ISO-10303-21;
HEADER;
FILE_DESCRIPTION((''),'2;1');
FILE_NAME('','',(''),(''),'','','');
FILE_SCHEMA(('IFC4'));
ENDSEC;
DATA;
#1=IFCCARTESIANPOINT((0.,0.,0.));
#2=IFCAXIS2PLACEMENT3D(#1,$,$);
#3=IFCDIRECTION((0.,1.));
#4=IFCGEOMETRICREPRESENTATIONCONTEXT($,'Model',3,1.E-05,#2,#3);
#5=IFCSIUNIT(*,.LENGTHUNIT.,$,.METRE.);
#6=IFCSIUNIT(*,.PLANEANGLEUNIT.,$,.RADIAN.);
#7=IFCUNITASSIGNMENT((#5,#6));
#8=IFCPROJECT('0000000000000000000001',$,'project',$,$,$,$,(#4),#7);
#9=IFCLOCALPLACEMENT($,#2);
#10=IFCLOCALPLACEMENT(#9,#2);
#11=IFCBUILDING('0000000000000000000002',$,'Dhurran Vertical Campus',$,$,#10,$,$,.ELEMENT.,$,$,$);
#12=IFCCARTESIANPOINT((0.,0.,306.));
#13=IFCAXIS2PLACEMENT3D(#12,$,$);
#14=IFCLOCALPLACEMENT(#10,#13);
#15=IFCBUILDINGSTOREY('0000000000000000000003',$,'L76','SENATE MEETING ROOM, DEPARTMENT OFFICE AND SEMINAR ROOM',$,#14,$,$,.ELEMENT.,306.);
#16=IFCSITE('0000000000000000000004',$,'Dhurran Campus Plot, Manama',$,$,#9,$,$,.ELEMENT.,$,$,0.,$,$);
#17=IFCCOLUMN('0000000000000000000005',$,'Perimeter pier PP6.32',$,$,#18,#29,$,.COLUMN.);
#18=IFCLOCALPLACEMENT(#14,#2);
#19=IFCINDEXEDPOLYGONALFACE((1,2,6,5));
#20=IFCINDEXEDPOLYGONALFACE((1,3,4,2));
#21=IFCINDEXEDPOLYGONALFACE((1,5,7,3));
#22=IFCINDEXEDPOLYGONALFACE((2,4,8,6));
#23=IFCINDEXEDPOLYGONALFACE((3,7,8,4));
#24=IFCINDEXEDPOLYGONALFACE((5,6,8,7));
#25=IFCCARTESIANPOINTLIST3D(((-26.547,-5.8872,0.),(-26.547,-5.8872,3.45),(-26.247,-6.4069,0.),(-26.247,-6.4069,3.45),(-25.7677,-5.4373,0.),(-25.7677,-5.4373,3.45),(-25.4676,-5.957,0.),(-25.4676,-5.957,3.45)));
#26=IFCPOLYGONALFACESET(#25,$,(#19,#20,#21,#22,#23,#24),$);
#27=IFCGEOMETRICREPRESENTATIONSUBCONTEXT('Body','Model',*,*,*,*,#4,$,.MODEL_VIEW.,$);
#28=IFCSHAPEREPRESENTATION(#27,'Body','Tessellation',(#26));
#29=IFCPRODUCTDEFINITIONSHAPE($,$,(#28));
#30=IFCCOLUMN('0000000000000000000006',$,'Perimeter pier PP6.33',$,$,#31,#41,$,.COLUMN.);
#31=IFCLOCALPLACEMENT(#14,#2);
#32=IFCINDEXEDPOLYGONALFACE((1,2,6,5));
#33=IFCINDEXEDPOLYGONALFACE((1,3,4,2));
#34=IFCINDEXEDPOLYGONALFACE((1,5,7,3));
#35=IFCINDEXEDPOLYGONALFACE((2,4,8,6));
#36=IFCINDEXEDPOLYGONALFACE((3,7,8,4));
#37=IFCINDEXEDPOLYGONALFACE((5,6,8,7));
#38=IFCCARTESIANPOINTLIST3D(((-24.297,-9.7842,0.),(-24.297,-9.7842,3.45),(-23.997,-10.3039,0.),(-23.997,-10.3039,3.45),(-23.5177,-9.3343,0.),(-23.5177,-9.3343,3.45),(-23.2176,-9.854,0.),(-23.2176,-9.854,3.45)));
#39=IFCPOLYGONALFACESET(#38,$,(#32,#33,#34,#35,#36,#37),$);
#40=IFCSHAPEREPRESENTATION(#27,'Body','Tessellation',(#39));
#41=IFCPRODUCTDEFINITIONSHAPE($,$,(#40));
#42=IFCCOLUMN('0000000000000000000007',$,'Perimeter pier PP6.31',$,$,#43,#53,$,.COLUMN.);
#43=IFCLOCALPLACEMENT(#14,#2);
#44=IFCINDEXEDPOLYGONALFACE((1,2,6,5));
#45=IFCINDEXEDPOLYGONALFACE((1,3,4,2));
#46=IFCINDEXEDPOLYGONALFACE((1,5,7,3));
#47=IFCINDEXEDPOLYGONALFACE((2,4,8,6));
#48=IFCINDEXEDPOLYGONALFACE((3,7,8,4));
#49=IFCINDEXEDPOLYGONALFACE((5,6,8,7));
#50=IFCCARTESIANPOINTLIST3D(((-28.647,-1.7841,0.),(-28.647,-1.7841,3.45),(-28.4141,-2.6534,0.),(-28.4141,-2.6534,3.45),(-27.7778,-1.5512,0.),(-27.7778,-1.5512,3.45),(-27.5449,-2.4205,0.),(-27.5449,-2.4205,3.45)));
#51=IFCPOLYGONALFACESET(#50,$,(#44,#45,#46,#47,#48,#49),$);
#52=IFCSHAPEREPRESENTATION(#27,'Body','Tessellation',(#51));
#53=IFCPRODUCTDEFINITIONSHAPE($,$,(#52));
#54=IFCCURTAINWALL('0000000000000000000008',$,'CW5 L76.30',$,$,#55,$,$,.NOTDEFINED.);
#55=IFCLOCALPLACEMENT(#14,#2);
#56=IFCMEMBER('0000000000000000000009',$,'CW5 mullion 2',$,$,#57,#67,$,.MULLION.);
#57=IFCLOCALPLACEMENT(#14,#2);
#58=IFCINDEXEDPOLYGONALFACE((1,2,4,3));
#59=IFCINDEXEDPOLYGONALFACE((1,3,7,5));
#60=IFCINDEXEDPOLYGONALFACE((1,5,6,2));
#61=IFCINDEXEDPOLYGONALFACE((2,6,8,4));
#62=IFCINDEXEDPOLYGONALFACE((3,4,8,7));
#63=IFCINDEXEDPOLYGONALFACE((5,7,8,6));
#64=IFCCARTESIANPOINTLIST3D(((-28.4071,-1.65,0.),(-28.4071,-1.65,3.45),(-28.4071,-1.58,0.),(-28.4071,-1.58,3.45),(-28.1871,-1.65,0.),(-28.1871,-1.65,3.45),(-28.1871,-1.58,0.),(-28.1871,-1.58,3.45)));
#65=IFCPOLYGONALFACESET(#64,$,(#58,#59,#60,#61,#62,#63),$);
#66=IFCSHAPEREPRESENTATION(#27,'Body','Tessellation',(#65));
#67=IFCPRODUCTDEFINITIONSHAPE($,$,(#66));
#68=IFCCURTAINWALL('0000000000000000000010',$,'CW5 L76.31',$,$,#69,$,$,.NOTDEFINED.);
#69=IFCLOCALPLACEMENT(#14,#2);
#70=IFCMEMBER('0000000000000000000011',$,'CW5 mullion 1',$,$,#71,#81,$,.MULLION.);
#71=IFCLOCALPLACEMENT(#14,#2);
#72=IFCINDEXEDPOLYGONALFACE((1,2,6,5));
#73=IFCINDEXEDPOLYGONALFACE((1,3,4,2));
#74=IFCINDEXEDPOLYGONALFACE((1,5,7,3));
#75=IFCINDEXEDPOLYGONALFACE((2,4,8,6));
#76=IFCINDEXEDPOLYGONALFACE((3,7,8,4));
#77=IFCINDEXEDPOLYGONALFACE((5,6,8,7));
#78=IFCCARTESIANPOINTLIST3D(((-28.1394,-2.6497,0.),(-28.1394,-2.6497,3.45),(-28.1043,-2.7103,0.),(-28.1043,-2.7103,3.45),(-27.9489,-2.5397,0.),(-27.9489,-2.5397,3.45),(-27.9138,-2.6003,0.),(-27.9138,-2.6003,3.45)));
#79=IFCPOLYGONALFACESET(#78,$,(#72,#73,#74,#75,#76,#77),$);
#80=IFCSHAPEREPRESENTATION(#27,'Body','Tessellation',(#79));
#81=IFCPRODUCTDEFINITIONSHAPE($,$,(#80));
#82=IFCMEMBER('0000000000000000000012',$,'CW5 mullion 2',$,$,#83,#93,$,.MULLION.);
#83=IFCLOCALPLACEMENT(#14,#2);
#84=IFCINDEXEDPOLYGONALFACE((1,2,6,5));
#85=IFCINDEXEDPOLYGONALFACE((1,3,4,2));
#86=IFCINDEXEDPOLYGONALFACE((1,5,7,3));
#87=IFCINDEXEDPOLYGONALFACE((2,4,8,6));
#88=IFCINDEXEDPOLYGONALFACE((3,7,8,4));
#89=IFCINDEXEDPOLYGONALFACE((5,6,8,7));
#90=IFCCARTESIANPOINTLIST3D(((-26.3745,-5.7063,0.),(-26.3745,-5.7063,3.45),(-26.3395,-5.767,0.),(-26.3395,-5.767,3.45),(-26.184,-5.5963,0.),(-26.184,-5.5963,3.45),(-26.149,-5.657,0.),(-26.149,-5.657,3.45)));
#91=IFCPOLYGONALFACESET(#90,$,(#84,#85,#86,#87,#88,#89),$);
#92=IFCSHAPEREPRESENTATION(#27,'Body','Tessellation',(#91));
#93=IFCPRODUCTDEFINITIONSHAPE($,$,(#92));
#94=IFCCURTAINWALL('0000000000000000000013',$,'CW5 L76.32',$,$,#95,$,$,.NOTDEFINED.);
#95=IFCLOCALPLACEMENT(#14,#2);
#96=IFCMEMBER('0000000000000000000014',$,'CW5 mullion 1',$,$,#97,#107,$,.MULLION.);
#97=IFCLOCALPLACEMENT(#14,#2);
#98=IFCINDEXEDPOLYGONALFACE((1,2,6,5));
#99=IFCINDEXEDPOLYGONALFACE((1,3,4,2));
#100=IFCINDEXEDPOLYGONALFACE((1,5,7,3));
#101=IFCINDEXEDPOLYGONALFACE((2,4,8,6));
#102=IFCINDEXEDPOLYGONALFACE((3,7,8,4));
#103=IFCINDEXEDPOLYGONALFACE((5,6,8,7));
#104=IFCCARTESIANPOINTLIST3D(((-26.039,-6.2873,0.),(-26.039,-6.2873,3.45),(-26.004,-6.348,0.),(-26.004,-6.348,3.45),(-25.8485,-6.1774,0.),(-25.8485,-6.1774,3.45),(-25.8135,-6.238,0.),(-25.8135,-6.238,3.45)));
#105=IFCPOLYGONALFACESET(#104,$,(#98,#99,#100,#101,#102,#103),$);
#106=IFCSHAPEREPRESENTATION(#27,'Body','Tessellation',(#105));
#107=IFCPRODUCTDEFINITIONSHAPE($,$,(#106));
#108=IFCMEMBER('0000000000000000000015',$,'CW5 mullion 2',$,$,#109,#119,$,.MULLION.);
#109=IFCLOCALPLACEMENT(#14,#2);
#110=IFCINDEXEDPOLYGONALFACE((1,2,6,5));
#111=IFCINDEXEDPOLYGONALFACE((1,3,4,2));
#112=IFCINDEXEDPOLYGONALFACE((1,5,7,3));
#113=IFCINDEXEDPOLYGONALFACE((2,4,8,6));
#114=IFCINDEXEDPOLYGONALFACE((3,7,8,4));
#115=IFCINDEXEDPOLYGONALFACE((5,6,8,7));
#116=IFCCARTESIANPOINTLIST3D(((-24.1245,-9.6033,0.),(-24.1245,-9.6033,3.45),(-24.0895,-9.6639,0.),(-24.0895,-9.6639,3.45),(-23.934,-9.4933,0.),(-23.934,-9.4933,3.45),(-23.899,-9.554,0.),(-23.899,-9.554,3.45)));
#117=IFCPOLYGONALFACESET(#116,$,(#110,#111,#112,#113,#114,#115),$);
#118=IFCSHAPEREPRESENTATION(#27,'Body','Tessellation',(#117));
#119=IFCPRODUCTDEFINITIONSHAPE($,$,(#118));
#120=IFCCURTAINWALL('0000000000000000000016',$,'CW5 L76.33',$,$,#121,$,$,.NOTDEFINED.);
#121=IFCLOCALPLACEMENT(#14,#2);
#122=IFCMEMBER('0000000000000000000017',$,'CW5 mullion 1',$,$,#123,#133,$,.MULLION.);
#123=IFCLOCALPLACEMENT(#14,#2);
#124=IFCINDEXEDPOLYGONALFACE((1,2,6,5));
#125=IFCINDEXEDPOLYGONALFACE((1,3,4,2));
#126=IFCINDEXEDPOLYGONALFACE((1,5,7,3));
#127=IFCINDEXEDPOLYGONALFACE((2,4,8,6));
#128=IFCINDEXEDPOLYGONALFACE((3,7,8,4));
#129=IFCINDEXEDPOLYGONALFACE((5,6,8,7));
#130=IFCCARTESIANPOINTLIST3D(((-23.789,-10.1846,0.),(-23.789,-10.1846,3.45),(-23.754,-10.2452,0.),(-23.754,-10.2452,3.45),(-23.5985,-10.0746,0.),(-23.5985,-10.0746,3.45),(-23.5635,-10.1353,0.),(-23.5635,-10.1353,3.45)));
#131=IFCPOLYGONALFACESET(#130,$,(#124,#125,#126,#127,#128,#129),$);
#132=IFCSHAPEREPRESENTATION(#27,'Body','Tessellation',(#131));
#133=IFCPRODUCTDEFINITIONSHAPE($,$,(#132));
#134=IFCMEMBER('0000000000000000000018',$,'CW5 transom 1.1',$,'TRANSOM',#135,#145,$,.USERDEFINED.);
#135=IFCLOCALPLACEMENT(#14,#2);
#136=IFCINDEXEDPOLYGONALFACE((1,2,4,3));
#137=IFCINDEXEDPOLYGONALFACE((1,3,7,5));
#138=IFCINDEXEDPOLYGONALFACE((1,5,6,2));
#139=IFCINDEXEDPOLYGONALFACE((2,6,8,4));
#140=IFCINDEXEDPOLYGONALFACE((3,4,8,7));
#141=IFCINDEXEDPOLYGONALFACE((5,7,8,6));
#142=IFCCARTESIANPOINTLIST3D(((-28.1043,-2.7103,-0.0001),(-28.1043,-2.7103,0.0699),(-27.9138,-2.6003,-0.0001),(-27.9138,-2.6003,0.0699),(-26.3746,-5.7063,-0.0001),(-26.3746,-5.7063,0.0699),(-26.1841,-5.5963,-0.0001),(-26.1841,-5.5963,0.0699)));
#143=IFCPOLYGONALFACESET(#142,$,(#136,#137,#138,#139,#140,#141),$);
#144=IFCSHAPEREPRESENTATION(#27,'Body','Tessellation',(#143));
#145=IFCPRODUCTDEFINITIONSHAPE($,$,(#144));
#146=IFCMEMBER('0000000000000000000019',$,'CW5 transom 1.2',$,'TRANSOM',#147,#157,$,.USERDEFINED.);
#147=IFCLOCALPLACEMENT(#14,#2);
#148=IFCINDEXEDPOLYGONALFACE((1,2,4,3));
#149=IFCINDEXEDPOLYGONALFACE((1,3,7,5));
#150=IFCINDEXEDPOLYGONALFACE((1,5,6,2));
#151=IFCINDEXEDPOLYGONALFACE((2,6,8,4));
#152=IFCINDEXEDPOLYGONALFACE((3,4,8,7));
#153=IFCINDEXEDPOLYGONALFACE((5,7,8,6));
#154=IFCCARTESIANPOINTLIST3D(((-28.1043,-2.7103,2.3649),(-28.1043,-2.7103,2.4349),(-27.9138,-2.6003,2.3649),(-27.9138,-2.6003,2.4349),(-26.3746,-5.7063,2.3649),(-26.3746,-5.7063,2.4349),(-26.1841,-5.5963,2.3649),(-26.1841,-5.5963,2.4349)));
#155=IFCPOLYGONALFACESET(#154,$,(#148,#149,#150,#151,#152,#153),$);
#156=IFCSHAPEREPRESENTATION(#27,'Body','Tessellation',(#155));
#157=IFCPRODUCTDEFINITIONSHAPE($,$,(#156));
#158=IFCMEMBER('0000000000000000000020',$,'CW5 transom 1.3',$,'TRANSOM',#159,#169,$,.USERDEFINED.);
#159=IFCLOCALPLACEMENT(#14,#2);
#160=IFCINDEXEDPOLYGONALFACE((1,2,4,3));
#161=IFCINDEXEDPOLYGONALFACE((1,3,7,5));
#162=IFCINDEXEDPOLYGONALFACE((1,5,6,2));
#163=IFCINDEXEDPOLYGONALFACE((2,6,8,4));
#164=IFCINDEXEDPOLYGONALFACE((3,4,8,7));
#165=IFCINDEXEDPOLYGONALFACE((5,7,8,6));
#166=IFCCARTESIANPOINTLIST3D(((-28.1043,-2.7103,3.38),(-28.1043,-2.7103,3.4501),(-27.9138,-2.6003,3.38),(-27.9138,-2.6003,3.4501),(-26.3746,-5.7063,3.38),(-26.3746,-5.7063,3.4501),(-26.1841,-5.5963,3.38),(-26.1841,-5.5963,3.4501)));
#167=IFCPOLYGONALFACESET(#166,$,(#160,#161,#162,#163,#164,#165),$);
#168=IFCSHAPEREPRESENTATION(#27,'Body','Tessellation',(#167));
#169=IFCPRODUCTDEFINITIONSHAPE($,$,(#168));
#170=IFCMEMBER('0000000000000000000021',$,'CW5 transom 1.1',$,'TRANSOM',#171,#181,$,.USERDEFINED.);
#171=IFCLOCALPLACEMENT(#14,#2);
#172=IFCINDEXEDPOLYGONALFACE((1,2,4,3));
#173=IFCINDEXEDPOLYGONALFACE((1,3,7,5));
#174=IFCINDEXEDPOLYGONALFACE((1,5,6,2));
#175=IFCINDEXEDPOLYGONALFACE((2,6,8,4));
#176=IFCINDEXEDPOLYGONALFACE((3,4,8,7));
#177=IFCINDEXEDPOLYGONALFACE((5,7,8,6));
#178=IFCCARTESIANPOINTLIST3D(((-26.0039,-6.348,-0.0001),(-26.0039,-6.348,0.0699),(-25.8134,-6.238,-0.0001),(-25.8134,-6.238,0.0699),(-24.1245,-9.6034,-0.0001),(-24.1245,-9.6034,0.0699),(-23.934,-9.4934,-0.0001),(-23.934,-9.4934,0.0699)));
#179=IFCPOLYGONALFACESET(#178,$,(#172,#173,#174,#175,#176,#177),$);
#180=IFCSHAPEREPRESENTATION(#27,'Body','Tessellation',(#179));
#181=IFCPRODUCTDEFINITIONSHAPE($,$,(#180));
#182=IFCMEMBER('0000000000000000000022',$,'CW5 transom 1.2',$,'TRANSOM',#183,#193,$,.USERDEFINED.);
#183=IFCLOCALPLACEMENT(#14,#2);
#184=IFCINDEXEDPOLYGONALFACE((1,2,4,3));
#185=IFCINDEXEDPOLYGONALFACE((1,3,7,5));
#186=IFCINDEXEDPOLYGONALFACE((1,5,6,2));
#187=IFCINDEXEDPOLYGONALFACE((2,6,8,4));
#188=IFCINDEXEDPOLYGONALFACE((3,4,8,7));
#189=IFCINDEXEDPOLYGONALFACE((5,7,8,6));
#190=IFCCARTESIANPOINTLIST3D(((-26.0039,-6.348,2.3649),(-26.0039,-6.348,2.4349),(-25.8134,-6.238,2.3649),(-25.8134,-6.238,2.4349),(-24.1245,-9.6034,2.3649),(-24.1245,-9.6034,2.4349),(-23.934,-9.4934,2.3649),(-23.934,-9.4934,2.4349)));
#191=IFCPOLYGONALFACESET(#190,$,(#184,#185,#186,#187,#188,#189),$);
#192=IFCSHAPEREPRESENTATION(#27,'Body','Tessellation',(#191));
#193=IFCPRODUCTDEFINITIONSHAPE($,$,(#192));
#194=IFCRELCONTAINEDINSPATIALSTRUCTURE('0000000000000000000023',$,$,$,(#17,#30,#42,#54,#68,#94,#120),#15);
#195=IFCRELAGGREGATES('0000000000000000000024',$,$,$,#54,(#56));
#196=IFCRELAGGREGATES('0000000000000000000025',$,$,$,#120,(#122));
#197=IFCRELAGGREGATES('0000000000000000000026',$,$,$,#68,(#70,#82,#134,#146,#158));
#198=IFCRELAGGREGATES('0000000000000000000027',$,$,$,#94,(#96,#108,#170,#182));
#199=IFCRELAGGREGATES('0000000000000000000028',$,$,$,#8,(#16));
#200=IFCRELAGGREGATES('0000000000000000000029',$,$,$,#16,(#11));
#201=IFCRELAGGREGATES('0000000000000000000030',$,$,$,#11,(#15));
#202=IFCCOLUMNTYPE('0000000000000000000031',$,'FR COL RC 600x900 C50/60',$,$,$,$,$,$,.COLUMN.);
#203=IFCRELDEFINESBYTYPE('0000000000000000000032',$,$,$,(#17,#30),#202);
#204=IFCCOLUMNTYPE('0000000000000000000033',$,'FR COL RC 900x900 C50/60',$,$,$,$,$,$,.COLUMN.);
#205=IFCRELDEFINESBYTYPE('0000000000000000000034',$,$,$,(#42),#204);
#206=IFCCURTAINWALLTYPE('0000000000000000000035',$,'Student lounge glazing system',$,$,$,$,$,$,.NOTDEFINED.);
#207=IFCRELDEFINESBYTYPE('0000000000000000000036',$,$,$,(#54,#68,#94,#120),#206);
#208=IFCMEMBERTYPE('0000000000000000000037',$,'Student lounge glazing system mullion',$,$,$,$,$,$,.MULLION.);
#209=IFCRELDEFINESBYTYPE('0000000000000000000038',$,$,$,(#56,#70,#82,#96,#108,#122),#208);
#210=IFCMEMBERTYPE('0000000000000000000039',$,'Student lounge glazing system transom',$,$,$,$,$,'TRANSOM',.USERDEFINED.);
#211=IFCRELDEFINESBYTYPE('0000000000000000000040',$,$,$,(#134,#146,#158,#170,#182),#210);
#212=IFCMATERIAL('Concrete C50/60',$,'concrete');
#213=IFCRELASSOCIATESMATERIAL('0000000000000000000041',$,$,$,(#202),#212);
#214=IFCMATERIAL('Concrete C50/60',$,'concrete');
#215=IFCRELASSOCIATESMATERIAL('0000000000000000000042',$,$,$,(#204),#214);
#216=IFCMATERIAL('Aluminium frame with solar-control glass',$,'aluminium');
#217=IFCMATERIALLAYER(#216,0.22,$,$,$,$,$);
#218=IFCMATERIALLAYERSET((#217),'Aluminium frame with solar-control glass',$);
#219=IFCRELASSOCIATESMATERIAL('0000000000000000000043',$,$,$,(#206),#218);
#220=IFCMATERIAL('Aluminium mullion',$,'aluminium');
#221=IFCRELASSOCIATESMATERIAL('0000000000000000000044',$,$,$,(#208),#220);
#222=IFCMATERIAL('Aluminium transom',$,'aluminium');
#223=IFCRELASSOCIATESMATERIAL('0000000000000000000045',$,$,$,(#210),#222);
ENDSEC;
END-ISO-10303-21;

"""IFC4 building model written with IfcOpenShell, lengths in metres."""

from ifc_helpers import new_model, si_unit, direction, frame, origin, origin_2d, place, context, subcontext, project, spatial, rectangle, extrude, material, layer, layer_set, material_profile, profile_set, type_object, element, aggregate, save


model = new_model("IFC4")

# Units and contexts
model_context = context("Model", 3, precision=1e-05, world=origin(), true_north=direction((0.0, 1.0)))
body_context = subcontext(model_context, "Body", "Model", "MODEL_VIEW")
ifc_project = project(units=[si_unit("LENGTHUNIT", "METRE"), si_unit("PLANEANGLEUNIT", "RADIAN")], contexts=[model_context])

# Site, building, storey
site_placement = place(None, origin())
site = spatial("IfcSite", under=ifc_project, at=site_placement, Name="Dhurran Campus Plot, Manama", CompositionType="ELEMENT", RefElevation=0.0)
building_placement = place(site_placement, origin())
building = spatial("IfcBuilding", under=site, at=building_placement, Name="Dhurran Vertical Campus", CompositionType="ELEMENT")
storey_placement = place(building_placement, frame((0.0, 0.0, 306.0)))
storey = spatial("IfcBuildingStorey", under=building, at=storey_placement, Name="L76", Description="SENATE MEETING ROOM, DEPARTMENT OFFICE AND SEMINAR ROOM", CompositionType="ELEMENT", Elevation=306.0)

# Columns
ifc_material_1 = material(Name="Concrete C50/60", Category="concrete")
ifc_material_profile_1 = material_profile(ifc_material_1, rectangle(XDim=0.6001, YDim=0.8999, at=origin_2d()), Name="RC 600x900")
ifc_profile_set_1 = profile_set([ifc_material_profile_1], Name="Concrete C50/60")
column_type_1 = type_object("IfcColumnType", Name="FR COL RC 600x900 C50/60", PredefinedType="COLUMN", material=ifc_profile_set_1)
for number, where, z_axis, x_axis, name in (
    (1, (-26.0073, -5.9221, 0.0), (0.0, 0.0, 1.0), (0.5, -0.866025, 0.0), "Perimeter pier PP6.32"),
    (2, (-23.7573, -9.8191, 0.0), (0.0, 0.0, 1.0), (0.5, -0.866025, 0.0), "Perimeter pier PP6.33"),
):
    element("IfcColumn", number, at=place(storey_placement, frame(where, z_axis=z_axis, x_axis=x_axis)), inside=storey, type_object=column_type_1, Name=name, PredefinedType="COLUMN", context=body_context, shape_type="SweptSolid", body=[
        extrude(rectangle(XDim=0.6001, YDim=0.8999, at=origin_2d()), origin(), (0.0, 0.0, 1.0), 3.45),
    ])
ifc_material_2 = material(Name="Concrete C50/60", Category="concrete")
ifc_material_profile_2 = material_profile(ifc_material_2, rectangle(XDim=0.8999, YDim=0.8999, at=origin_2d()), Name="RC 900x900")
ifc_profile_set_2 = profile_set([ifc_material_profile_2], Name="Concrete C50/60")
column_type_2 = type_object("IfcColumnType", Name="FR COL RC 900x900 C50/60", PredefinedType="COLUMN", material=ifc_profile_set_2)
column_placement = place(storey_placement, frame((-28.0959, -2.1023, 0.0), z_axis=(0.0, 0.0, 1.0), x_axis=(0.258819, -0.965926, 0.0)))
element("IfcColumn", 3, at=column_placement, inside=storey, type_object=column_type_2, Name="Perimeter pier PP6.31", PredefinedType="COLUMN", context=body_context, shape_type="SweptSolid", body=[
    extrude(rectangle(XDim=0.8999, YDim=0.8999, at=origin_2d()), origin(), (0.0, 0.0, 1.0), 3.45),
])

# Curtain wall, member
ifc_material_3 = material(Name="Aluminium frame with solar-control glass", Category="aluminium")
ifc_layer_1 = layer(ifc_material_3, 0.22)
ifc_layer_set_1 = layer_set([ifc_layer_1], Name="Aluminium frame with solar-control glass")
curtain_wall_type = type_object("IfcCurtainWallType", Name="Student lounge glazing system", PredefinedType="NOTDEFINED", material=ifc_layer_set_1)
curtain_wall_1_placement = place(storey_placement, origin())
curtain_wall_1 = element("IfcCurtainWall", 4, at=curtain_wall_1_placement, inside=storey, type_object=curtain_wall_type, Name="CW5 L76.30", PredefinedType="NOTDEFINED")
ifc_material_4 = material(Name="Aluminium mullion", Category="aluminium")
ifc_material_profile_3 = material_profile(ifc_material_4, rectangle(XDim=0.22, YDim=0.0701, at=origin_2d()), Name="Student lounge glazing system mullion")
ifc_profile_set_3 = profile_set([ifc_material_profile_3], Name="Aluminium mullion")
member_type_1 = type_object("IfcMemberType", Name="Student lounge glazing system mullion", PredefinedType="MULLION", material=ifc_profile_set_3)
member_1_placement = place(storey_placement, frame((-28.2971, -1.615, 0.0), z_axis=(0.0, 0.0, 1.0), x_axis=(1.0, 0.0, 0.0)))
member_1 = element("IfcMember", 5, at=member_1_placement, type_object=member_type_1, Name="CW5 mullion 2", PredefinedType="MULLION", context=body_context, shape_type="SweptSolid", body=[
    extrude(rectangle(XDim=0.22, YDim=0.0701, at=origin_2d()), origin(), (0.0, 0.0, 1.0), 3.45),
])
aggregate(curtain_wall_1, [member_1])

# Curtain walls, members
curtain_wall_2_placement = place(storey_placement, origin())
curtain_wall_2 = element("IfcCurtainWall", 6, at=curtain_wall_2_placement, inside=storey, type_object=curtain_wall_type, Name="CW5 L76.31", PredefinedType="NOTDEFINED")
member_2_placement = place(storey_placement, frame((-28.0266, -2.625, 0.0), z_axis=(0.0, 0.0, 1.0), x_axis=(0.866027, 0.499997, 0.0)))
member_2 = element("IfcMember", 7, at=member_2_placement, type_object=member_type_1, Name="CW5 mullion 1", PredefinedType="MULLION", context=body_context, shape_type="SweptSolid", body=[
    extrude(rectangle(XDim=0.22, YDim=0.0701, at=origin_2d()), origin(), (0.0, 0.0, 1.0), 3.45),
])
member_3_placement = place(storey_placement, frame((-26.2617, -5.6816, 0.0), z_axis=(0.0, 0.0, 1.0), x_axis=(0.866027, 0.499997, 0.0)))
member_3 = element("IfcMember", 8, at=member_3_placement, type_object=member_type_1, Name="CW5 mullion 2", PredefinedType="MULLION", context=body_context, shape_type="SweptSolid", body=[
    extrude(rectangle(XDim=0.22, YDim=0.0701, at=origin_2d()), origin(), (0.0, 0.0, 1.0), 3.45),
])
curtain_wall_3_placement = place(storey_placement, origin())
curtain_wall_3 = element("IfcCurtainWall", 9, at=curtain_wall_3_placement, inside=storey, type_object=curtain_wall_type, Name="CW5 L76.32", PredefinedType="NOTDEFINED")
member_4_placement = place(storey_placement, frame((-25.9263, -6.2627, 0.0), z_axis=(0.0, 0.0, 1.0), x_axis=(0.866023, 0.500004, 0.0)))
member_4 = element("IfcMember", 10, at=member_4_placement, type_object=member_type_1, Name="CW5 mullion 1", PredefinedType="MULLION", context=body_context, shape_type="SweptSolid", body=[
    extrude(rectangle(XDim=0.22, YDim=0.0701, at=origin_2d()), origin(), (0.0, 0.0, 1.0), 3.45),
])
member_5_placement = place(storey_placement, frame((-24.0117, -9.5786, 0.0), z_axis=(0.0, 0.0, 1.0), x_axis=(0.866023, 0.500004, 0.0)))
member_5 = element("IfcMember", 11, at=member_5_placement, type_object=member_type_1, Name="CW5 mullion 2", PredefinedType="MULLION", context=body_context, shape_type="SweptSolid", body=[
    extrude(rectangle(XDim=0.22, YDim=0.0701, at=origin_2d()), origin(), (0.0, 0.0, 1.0), 3.45),
])

# Curtain wall, member
curtain_wall_4_placement = place(storey_placement, origin())
curtain_wall_4 = element("IfcCurtainWall", 12, at=curtain_wall_4_placement, inside=storey, type_object=curtain_wall_type, Name="CW5 L76.33", PredefinedType="NOTDEFINED")
member_6_placement = place(storey_placement, frame((-23.6763, -10.1599, 0.0), z_axis=(0.0, 0.0, 1.0), x_axis=(0.866023, 0.500004, 0.0)))
member_6 = element("IfcMember", 13, at=member_6_placement, type_object=member_type_1, Name="CW5 mullion 1", PredefinedType="MULLION", context=body_context, shape_type="SweptSolid", body=[
    extrude(rectangle(XDim=0.22, YDim=0.0701, at=origin_2d()), origin(), (0.0, 0.0, 1.0), 3.45),
])
aggregate(curtain_wall_4, [member_6])

# Members
ifc_material_5 = material(Name="Aluminium transom", Category="aluminium")
ifc_material_profile_4 = material_profile(ifc_material_5, rectangle(XDim=0.22, YDim=0.0701, at=origin_2d()), Name="Student lounge glazing system transom")
ifc_profile_set_4 = profile_set([ifc_material_profile_4], Name="Aluminium transom")
member_type_2 = type_object("IfcMemberType", Name="Student lounge glazing system transom", ElementType="TRANSOM", PredefinedType="USERDEFINED", material=ifc_profile_set_4)
member_7_placement = place(storey_placement, frame((-28.009, -2.6553, 0.0349), z_axis=(0.499987, -0.866033, 0.0), x_axis=(0.866033, 0.499987, 0.0)))
member_7 = element("IfcMember", 14, at=member_7_placement, type_object=member_type_2, Name="CW5 transom 1.1", ObjectType="TRANSOM", PredefinedType="USERDEFINED", context=body_context, shape_type="SweptSolid", body=[
    extrude(rectangle(XDim=0.22, YDim=0.0701, at=origin_2d()), origin(), (0.0, 0.0, 1.0), 3.4595),
])
member_8_placement = place(storey_placement, frame((-28.009, -2.6553, 2.3999), z_axis=(0.499987, -0.866033, 0.0), x_axis=(0.866033, 0.499987, 0.0)))
member_8 = element("IfcMember", 15, at=member_8_placement, type_object=member_type_2, Name="CW5 transom 1.2", ObjectType="TRANSOM", PredefinedType="USERDEFINED", context=body_context, shape_type="SweptSolid", body=[
    extrude(rectangle(XDim=0.22, YDim=0.0701, at=origin_2d()), origin(), (0.0, 0.0, 1.0), 3.4595),
])
member_9_placement = place(storey_placement, frame((-28.009, -2.6553, 3.415), z_axis=(0.499987, -0.866033, 0.0), x_axis=(0.866033, 0.499987, 0.0)))
member_9 = element("IfcMember", 16, at=member_9_placement, type_object=member_type_2, Name="CW5 transom 1.3", ObjectType="TRANSOM", PredefinedType="USERDEFINED", context=body_context, shape_type="SweptSolid", body=[
    extrude(rectangle(XDim=0.22, YDim=0.0701, at=origin_2d()), origin(), (0.0, 0.0, 1.0), 3.4595),
])
member_10_placement = place(storey_placement, frame((-25.9087, -6.293, 0.0349), z_axis=(0.499981, -0.866036, 0.0), x_axis=(0.866036, 0.499981, 0.0)))
member_10 = element("IfcMember", 17, at=member_10_placement, type_object=member_type_2, Name="CW5 transom 1.1", ObjectType="TRANSOM", PredefinedType="USERDEFINED", context=body_context, shape_type="SweptSolid", body=[
    extrude(rectangle(XDim=0.22, YDim=0.0701, at=origin_2d()), origin(), (0.0, 0.0, 1.0), 3.759),
])
member_11_placement = place(storey_placement, frame((-25.9087, -6.293, 2.3999), z_axis=(0.499981, -0.866036, 0.0), x_axis=(0.866036, 0.499981, 0.0)))
member_11 = element("IfcMember", 18, at=member_11_placement, type_object=member_type_2, Name="CW5 transom 1.2", ObjectType="TRANSOM", PredefinedType="USERDEFINED", context=body_context, shape_type="SweptSolid", body=[
    extrude(rectangle(XDim=0.22, YDim=0.0701, at=origin_2d()), origin(), (0.0, 0.0, 1.0), 3.759),
])

aggregate(curtain_wall_2, [member_2, member_3, member_7, member_8, member_9])
aggregate(curtain_wall_3, [member_4, member_5, member_10, member_11])

save(model, "model.ifc")
